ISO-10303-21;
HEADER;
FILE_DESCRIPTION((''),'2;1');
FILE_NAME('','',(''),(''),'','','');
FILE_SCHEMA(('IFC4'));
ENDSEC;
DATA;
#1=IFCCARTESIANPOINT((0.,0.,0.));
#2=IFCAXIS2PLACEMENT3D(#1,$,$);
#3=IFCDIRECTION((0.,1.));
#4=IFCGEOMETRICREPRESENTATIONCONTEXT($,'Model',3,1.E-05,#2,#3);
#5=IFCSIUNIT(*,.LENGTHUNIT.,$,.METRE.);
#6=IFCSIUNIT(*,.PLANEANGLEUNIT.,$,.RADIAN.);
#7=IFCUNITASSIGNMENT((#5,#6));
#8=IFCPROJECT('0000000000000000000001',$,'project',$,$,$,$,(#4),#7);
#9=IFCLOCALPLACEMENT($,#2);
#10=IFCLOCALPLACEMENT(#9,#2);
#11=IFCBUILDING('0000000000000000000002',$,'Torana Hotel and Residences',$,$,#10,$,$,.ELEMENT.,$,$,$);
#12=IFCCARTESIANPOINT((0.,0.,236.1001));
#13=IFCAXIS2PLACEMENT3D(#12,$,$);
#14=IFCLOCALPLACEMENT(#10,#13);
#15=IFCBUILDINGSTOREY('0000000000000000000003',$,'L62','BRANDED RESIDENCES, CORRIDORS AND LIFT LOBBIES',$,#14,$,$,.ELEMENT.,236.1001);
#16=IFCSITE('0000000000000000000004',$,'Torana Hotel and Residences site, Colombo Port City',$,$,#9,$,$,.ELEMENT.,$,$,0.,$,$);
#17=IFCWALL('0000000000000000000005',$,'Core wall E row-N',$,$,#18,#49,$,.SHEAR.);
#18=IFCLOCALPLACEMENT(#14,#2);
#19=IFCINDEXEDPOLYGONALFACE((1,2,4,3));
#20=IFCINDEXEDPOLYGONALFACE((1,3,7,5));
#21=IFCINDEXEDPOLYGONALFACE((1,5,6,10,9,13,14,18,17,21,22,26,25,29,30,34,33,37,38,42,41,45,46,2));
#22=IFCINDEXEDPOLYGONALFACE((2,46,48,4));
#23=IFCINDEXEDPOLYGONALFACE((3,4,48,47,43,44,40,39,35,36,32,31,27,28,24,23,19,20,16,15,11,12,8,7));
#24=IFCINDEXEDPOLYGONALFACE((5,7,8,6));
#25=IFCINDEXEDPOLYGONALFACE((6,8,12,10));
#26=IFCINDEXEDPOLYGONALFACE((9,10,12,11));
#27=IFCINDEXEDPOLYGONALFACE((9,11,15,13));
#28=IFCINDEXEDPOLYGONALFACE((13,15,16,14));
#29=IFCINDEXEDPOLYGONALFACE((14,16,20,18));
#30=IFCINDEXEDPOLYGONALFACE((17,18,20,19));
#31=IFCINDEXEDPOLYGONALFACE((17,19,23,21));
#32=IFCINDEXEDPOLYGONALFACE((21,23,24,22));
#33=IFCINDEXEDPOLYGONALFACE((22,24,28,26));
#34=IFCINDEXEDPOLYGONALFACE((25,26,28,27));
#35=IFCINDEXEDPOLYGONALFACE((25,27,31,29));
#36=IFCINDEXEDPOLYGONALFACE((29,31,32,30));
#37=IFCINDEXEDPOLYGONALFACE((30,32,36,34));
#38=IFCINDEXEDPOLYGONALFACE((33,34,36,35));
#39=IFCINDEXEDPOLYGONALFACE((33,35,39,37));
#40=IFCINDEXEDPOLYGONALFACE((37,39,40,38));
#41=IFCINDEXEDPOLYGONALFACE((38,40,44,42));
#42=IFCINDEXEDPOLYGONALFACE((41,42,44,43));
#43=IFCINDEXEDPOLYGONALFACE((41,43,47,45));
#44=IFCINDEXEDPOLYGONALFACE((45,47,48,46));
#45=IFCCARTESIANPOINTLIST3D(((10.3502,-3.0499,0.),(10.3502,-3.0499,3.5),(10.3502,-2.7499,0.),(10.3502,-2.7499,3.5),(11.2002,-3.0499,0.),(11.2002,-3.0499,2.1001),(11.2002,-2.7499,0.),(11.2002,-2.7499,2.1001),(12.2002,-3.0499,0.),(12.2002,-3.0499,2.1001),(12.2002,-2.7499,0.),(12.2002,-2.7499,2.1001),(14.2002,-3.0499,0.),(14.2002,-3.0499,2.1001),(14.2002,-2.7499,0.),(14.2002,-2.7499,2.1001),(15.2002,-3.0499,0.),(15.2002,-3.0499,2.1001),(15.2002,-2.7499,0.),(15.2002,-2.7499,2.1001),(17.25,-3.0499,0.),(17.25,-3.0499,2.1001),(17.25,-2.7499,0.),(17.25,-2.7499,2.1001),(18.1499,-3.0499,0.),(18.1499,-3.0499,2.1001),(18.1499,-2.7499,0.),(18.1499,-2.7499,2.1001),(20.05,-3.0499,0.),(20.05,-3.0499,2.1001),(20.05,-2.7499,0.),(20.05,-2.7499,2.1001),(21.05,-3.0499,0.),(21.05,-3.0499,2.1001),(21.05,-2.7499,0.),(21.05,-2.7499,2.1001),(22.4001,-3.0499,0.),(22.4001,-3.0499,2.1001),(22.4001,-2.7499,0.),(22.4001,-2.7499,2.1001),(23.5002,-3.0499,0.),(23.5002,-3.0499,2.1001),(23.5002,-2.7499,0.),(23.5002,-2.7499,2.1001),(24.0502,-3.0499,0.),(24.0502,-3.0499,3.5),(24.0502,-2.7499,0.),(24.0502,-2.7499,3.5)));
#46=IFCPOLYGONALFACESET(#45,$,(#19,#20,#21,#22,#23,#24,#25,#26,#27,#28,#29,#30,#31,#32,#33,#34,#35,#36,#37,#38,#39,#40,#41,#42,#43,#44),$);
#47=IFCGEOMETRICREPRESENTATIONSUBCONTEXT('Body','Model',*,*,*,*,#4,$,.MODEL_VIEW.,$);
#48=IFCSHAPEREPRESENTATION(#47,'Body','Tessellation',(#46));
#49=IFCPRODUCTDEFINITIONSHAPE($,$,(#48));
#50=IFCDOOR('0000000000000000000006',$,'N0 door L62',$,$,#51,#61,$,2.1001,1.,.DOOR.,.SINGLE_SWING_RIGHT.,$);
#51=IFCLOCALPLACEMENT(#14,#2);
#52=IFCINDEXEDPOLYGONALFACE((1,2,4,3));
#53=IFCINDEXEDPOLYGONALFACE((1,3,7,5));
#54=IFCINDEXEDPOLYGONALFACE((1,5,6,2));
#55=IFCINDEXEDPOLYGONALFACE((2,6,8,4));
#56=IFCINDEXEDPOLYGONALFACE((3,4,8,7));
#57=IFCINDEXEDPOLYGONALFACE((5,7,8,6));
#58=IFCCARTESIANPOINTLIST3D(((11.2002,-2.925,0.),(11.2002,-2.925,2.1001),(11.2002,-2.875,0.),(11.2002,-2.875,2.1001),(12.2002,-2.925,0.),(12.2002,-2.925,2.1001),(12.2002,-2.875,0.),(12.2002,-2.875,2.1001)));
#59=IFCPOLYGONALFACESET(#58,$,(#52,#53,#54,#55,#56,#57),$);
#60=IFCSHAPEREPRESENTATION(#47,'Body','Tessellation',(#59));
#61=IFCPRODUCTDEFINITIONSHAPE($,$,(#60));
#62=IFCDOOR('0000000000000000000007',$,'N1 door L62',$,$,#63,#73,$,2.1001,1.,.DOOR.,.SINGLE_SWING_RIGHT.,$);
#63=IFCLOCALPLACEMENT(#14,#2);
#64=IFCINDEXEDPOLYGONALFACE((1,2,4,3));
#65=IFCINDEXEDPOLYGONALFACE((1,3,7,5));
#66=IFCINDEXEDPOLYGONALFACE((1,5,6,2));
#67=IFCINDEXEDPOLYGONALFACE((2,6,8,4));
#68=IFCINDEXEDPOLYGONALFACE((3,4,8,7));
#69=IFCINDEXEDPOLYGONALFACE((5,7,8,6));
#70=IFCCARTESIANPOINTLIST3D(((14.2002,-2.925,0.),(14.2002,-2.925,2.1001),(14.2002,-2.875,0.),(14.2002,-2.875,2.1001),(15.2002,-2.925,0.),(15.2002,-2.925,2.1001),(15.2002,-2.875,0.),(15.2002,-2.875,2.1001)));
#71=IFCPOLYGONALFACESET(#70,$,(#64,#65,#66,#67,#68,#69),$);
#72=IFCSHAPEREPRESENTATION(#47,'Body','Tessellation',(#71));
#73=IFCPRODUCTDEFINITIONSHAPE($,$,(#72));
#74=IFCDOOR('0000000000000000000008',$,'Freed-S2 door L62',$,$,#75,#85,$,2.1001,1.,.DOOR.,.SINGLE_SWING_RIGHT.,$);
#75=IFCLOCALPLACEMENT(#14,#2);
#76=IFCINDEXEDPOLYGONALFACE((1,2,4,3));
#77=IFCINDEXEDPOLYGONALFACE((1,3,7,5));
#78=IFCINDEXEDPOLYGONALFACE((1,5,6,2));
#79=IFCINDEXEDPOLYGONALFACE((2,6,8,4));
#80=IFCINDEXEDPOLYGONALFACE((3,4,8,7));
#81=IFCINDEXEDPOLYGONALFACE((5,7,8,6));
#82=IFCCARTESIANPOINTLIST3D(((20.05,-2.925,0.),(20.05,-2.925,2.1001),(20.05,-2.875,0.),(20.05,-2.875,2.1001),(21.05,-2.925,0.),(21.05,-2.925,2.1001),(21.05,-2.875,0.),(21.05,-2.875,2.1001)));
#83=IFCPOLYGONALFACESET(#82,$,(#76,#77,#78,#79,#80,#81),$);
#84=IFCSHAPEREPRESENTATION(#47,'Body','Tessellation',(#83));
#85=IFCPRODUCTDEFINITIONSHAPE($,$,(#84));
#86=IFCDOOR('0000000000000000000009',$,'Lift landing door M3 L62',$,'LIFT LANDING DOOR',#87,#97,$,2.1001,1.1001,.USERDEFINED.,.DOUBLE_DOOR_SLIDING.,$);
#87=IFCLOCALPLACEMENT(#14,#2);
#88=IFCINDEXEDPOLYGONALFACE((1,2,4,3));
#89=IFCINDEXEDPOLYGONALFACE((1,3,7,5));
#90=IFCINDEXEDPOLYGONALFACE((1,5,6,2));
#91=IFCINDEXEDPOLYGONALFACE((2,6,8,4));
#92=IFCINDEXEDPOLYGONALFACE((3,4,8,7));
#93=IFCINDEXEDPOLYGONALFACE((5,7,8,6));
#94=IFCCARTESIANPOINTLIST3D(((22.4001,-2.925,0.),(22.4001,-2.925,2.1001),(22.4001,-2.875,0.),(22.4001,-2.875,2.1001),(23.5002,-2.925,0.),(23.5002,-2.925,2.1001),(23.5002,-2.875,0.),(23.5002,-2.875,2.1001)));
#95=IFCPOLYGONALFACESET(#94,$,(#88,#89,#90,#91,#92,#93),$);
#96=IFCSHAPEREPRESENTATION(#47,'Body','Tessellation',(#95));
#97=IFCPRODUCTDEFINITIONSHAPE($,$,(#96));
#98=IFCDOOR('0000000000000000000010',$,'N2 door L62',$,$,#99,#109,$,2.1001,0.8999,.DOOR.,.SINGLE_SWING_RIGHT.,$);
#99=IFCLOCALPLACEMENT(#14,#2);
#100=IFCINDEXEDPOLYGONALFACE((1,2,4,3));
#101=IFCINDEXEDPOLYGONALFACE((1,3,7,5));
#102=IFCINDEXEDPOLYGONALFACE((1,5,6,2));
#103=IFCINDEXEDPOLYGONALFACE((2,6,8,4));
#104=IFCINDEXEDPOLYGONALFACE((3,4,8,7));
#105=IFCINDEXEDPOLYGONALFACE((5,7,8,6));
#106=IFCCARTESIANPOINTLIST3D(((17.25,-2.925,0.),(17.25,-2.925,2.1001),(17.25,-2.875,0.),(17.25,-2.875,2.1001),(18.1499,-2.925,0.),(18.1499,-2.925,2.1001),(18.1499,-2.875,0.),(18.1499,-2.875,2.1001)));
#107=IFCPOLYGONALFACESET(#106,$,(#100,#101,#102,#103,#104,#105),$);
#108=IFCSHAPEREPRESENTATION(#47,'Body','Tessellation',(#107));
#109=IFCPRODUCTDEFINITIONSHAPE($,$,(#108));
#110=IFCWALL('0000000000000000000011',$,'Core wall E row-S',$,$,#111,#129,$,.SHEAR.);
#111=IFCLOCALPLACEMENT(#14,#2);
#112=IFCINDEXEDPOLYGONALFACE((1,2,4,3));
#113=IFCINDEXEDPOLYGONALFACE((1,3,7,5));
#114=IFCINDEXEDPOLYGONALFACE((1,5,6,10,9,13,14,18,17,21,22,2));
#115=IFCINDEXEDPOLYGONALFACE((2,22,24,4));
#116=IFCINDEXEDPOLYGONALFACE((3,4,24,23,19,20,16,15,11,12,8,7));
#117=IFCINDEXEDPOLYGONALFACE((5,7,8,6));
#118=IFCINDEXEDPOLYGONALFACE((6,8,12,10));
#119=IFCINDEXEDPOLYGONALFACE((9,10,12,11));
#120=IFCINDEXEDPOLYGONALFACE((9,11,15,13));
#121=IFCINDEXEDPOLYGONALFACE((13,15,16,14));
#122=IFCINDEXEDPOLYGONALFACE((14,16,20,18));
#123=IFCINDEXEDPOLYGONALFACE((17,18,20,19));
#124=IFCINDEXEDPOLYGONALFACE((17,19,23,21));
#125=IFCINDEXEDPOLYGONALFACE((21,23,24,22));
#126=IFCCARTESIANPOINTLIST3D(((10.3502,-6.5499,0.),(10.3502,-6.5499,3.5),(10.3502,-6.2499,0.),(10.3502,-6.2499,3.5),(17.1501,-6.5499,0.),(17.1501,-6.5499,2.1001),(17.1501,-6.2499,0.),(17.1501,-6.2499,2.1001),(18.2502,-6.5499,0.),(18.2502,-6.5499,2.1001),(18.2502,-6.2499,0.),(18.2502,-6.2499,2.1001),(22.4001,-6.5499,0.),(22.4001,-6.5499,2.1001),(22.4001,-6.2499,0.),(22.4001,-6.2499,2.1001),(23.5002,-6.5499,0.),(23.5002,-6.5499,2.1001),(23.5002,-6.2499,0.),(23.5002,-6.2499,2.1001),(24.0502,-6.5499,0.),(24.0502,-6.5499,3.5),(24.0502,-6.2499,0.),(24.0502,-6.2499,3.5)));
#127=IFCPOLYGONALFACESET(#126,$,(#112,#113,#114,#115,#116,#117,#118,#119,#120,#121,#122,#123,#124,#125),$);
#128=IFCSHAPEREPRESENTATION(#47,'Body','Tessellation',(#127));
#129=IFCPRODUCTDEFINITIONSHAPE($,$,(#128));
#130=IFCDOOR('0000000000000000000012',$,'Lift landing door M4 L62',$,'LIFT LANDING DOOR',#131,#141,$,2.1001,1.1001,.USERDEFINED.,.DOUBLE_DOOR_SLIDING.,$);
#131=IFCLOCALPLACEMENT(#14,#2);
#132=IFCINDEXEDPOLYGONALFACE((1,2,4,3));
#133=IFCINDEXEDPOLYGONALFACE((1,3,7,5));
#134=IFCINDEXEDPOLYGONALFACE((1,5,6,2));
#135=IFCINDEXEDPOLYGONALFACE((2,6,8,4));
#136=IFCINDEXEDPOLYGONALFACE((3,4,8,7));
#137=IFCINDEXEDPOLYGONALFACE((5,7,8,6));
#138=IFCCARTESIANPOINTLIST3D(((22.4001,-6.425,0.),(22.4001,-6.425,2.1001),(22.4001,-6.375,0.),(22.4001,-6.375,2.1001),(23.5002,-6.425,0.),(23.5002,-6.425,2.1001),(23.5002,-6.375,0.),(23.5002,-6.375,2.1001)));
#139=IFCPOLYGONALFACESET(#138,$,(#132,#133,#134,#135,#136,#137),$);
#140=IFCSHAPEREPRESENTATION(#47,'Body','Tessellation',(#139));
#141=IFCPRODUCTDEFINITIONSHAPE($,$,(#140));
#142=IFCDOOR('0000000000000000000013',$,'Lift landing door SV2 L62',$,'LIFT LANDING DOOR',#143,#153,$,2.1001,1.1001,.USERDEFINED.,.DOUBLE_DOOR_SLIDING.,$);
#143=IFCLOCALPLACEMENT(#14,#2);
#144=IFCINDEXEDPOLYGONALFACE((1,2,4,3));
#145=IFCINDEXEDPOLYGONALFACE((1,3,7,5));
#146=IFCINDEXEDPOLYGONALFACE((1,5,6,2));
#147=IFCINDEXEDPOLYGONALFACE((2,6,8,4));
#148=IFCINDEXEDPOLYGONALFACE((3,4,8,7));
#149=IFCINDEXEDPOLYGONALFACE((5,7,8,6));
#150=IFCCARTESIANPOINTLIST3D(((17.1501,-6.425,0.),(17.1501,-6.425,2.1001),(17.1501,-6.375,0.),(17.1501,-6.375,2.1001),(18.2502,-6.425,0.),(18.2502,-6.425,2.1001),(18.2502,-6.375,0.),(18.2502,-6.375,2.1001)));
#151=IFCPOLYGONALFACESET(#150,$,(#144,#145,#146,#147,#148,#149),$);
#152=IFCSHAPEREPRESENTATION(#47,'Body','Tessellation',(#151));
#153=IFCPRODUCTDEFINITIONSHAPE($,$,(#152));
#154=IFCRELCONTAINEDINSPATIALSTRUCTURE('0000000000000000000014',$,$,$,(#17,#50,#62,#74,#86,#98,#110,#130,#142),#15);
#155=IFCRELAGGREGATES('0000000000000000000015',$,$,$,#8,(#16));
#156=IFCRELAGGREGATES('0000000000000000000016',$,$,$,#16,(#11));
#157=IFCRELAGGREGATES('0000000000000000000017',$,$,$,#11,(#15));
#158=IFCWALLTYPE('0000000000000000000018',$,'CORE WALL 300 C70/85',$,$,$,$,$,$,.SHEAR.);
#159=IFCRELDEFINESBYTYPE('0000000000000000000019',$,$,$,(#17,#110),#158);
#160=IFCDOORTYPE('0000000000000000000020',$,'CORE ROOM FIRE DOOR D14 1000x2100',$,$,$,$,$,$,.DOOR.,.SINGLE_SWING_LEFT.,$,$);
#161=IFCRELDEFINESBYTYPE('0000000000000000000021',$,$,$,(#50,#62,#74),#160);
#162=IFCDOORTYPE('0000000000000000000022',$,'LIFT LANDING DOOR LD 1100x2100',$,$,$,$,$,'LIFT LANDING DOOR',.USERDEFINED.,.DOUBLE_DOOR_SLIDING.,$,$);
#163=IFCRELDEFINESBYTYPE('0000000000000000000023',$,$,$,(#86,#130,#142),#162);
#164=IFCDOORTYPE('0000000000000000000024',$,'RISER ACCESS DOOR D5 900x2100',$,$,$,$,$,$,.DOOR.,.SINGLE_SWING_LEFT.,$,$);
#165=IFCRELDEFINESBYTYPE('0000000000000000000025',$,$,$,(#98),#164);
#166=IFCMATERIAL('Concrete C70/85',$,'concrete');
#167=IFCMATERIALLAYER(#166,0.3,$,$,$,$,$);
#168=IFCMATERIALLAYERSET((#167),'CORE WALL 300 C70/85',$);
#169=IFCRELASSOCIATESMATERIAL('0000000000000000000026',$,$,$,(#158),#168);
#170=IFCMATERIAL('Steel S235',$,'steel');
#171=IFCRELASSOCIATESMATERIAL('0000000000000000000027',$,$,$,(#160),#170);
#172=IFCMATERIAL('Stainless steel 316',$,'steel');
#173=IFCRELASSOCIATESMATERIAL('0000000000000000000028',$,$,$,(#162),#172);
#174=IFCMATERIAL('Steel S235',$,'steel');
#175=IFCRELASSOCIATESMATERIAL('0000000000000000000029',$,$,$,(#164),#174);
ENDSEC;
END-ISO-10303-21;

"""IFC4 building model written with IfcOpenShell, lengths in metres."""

from ifc_helpers import new_model, si_unit, direction, frame, frame_2d, origin, place, context, subcontext, project, spatial, rectangle, extrude, material, layer, layer_set, type_object, element, fill, save


model = new_model("IFC4")

# Units and contexts
model_context = context("Model", 3, precision=1e-05, world=origin(), true_north=direction((0.0, 1.0)))
body_context = subcontext(model_context, "Body", "Model", "MODEL_VIEW")
ifc_project = project(units=[si_unit("LENGTHUNIT", "METRE"), si_unit("PLANEANGLEUNIT", "RADIAN")], contexts=[model_context])

# Site, building, storey
site_placement = place(None, origin())
site = spatial("IfcSite", under=ifc_project, at=site_placement, Name="Torana Hotel and Residences site, Colombo Port City", CompositionType="ELEMENT", RefElevation=0.0)
building_placement = place(site_placement, origin())
building = spatial("IfcBuilding", under=site, at=building_placement, Name="Torana Hotel and Residences", CompositionType="ELEMENT")
storey_placement = place(building_placement, frame((0.0, 0.0, 236.1001)))
storey = spatial("IfcBuildingStorey", under=building, at=storey_placement, Name="L62", Description="BRANDED RESIDENCES, CORRIDORS AND LIFT LOBBIES", CompositionType="ELEMENT", Elevation=236.1001)

# Walls, openings, doors
ifc_material_1 = material(Name="Concrete C70/85", Category="concrete")
ifc_layer_1 = layer(ifc_material_1, 0.3)
ifc_layer_set_1 = layer_set([ifc_layer_1], Name="CORE WALL 300 C70/85")
wall_type_1 = type_object("IfcWallType", Name="CORE WALL 300 C70/85", PredefinedType="SHEAR", material=ifc_layer_set_1)
wall_1_placement = place(storey_placement, frame((10.3501, -2.8999, 0.0), z_axis=(0.0, 0.0, 1.0), x_axis=(1.0, 0.0, 0.0)))
wall_1 = element("IfcWall", 1, at=wall_1_placement, inside=storey, type_object=wall_type_1, Name="Core wall E row-N", PredefinedType="SHEAR", context=body_context, shape_type="SweptSolid", body=[
    extrude(rectangle(XDim=13.7, YDim=0.3, at=frame_2d((6.8501, 0.0))), origin(), (0.0, 0.0, 1.0), 3.5),
])
opening_1_placement = place(wall_1_placement, frame((12.05, 0.0, 0.0)))
opening_1 = element("IfcOpeningElement", 2, at=opening_1_placement, cuts=wall_1, PredefinedType="OPENING", context=body_context, shape_type="SweptSolid", body=[
    extrude(rectangle(XDim=1.1001, YDim=2.1001, at=frame_2d((0.55, 1.05))), frame((0.0, 0.1599, 0.0), z_axis=(0.0, -1.0, 0.0), x_axis=(1.0, 0.0, 0.0)), (0.0, 0.0, 1.0), 0.3201),
])
opening_2_placement = place(wall_1_placement, frame((6.8999, 0.0, 0.0)))
opening_2 = element("IfcOpeningElement", 3, at=opening_2_placement, cuts=wall_1, PredefinedType="OPENING", context=body_context, shape_type="SweptSolid", body=[
    extrude(rectangle(XDim=0.8999, YDim=2.1001, at=frame_2d((0.45, 1.05))), frame((0.0, 0.1599, 0.0), z_axis=(0.0, -1.0, 0.0), x_axis=(1.0, 0.0, 0.0)), (0.0, 0.0, 1.0), 0.3201),
])
opening_3_placement = place(wall_1_placement, frame((0.8501, 0.0, 0.0)))
opening_3 = element("IfcOpeningElement", 4, at=opening_3_placement, cuts=wall_1, PredefinedType="OPENING", context=body_context, shape_type="SweptSolid", body=[
    extrude(rectangle(XDim=1.0, YDim=2.1001, at=frame_2d((0.5, 1.05))), frame((0.0, 0.1599, 0.0), z_axis=(0.0, -1.0, 0.0), x_axis=(1.0, 0.0, 0.0)), (0.0, 0.0, 1.0), 0.3201),
])
opening_4_placement = place(wall_1_placement, frame((3.8501, 0.0, 0.0)))
opening_4 = element("IfcOpeningElement", 5, at=opening_4_placement, cuts=wall_1, PredefinedType="OPENING", context=body_context, shape_type="SweptSolid", body=[
    extrude(rectangle(XDim=1.0, YDim=2.1001, at=frame_2d((0.5, 1.05))), frame((0.0, 0.1599, 0.0), z_axis=(0.0, -1.0, 0.0), x_axis=(1.0, 0.0, 0.0)), (0.0, 0.0, 1.0), 0.3201),
])
opening_5_placement = place(wall_1_placement, frame((9.7, 0.0, 0.0)))
opening_5 = element("IfcOpeningElement", 6, at=opening_5_placement, cuts=wall_1, PredefinedType="OPENING", context=body_context, shape_type="SweptSolid", body=[
    extrude(rectangle(XDim=1.0, YDim=2.1001, at=frame_2d((0.5, 1.05))), frame((0.0, 0.1599, 0.0), z_axis=(0.0, -1.0, 0.0), x_axis=(1.0, 0.0, 0.0)), (0.0, 0.0, 1.0), 0.3201),
])
ifc_material_2 = material(Name="Steel S235", Category="steel")
door_type_1 = type_object("IfcDoorType", Name="CORE ROOM FIRE DOOR D14 1000x2100", OperationType="SINGLE_SWING_LEFT", PredefinedType="DOOR", material=ifc_material_2)
door_1_placement = place(opening_3_placement, origin())
door_1 = element("IfcDoor", 7, at=door_1_placement, inside=storey, type_object=door_type_1, Name="N0 door L62", OperationType="SINGLE_SWING_RIGHT", OverallHeight=2.1001, OverallWidth=1.0, PredefinedType="DOOR", context=body_context, shape_type="SweptSolid", body=[
    extrude(rectangle(XDim=1.0, YDim=2.1001, at=frame_2d((0.5, 1.05))), frame((0.0, 0.0249, 0.0), z_axis=(0.0, -1.0, 0.0), x_axis=(1.0, 0.0, 0.0)), (0.0, 0.0, 1.0), 0.05),
])
fill(opening_3, door_1)
door_2_placement = place(opening_4_placement, origin())
door_2 = element("IfcDoor", 8, at=door_2_placement, inside=storey, type_object=door_type_1, Name="N1 door L62", OperationType="SINGLE_SWING_RIGHT", OverallHeight=2.1001, OverallWidth=1.0, PredefinedType="DOOR", context=body_context, shape_type="SweptSolid", body=[
    extrude(rectangle(XDim=1.0, YDim=2.1001, at=frame_2d((0.5, 1.05))), frame((0.0, 0.0249, 0.0), z_axis=(0.0, -1.0, 0.0), x_axis=(1.0, 0.0, 0.0)), (0.0, 0.0, 1.0), 0.05),
])
fill(opening_4, door_2)
door_3_placement = place(opening_5_placement, origin())
door_3 = element("IfcDoor", 9, at=door_3_placement, inside=storey, type_object=door_type_1, Name="Freed-S2 door L62", OperationType="SINGLE_SWING_RIGHT", OverallHeight=2.1001, OverallWidth=1.0, PredefinedType="DOOR", context=body_context, shape_type="SweptSolid", body=[
    extrude(rectangle(XDim=1.0, YDim=2.1001, at=frame_2d((0.5, 1.05))), frame((0.0, 0.0249, 0.0), z_axis=(0.0, -1.0, 0.0), x_axis=(1.0, 0.0, 0.0)), (0.0, 0.0, 1.0), 0.05),
])
fill(opening_5, door_3)
ifc_material_3 = material(Name="Stainless steel 316", Category="steel")
door_type_2 = type_object("IfcDoorType", Name="LIFT LANDING DOOR LD 1100x2100", ElementType="LIFT LANDING DOOR", OperationType="DOUBLE_DOOR_SLIDING", PredefinedType="USERDEFINED", material=ifc_material_3)
door_4_placement = place(opening_1_placement, origin())
door_4 = element("IfcDoor", 10, at=door_4_placement, inside=storey, type_object=door_type_2, Name="Lift landing door M3 L62", ObjectType="LIFT LANDING DOOR", OperationType="DOUBLE_DOOR_SLIDING", OverallHeight=2.1001, OverallWidth=1.1001, PredefinedType="USERDEFINED", context=body_context, shape_type="SweptSolid", body=[
    extrude(rectangle(XDim=1.1001, YDim=2.1001, at=frame_2d((0.55, 1.05))), frame((0.0, 0.0249, 0.0), z_axis=(0.0, -1.0, 0.0), x_axis=(1.0, 0.0, 0.0)), (0.0, 0.0, 1.0), 0.05),
])
fill(opening_1, door_4)
ifc_material_4 = material(Name="Steel S235", Category="steel")
door_type_3 = type_object("IfcDoorType", Name="RISER ACCESS DOOR D5 900x2100", OperationType="SINGLE_SWING_LEFT", PredefinedType="DOOR", material=ifc_material_4)
door_5_placement = place(opening_2_placement, origin())
door_5 = element("IfcDoor", 11, at=door_5_placement, inside=storey, type_object=door_type_3, Name="N2 door L62", OperationType="SINGLE_SWING_RIGHT", OverallHeight=2.1001, OverallWidth=0.8999, PredefinedType="DOOR", context=body_context, shape_type="SweptSolid", body=[
    extrude(rectangle(XDim=0.8999, YDim=2.1001, at=frame_2d((0.45, 1.05))), frame((0.0, 0.0249, 0.0), z_axis=(0.0, -1.0, 0.0), x_axis=(1.0, 0.0, 0.0)), (0.0, 0.0, 1.0), 0.05),
])
fill(opening_2, door_5)
wall_2_placement = place(storey_placement, frame((10.3501, -6.3999, 0.0), z_axis=(0.0, 0.0, 1.0), x_axis=(1.0, 0.0, 0.0)))
wall_2 = element("IfcWall", 12, at=wall_2_placement, inside=storey, type_object=wall_type_1, Name="Core wall E row-S", PredefinedType="SHEAR", context=body_context, shape_type="SweptSolid", body=[
    extrude(rectangle(XDim=13.7, YDim=0.3, at=frame_2d((6.8501, 0.0))), origin(), (0.0, 0.0, 1.0), 3.5),
])
opening_6_placement = place(wall_2_placement, frame((12.05, 0.0, 0.0)))
opening_6 = element("IfcOpeningElement", 13, at=opening_6_placement, cuts=wall_2, PredefinedType="OPENING", context=body_context, shape_type="SweptSolid", body=[
    extrude(rectangle(XDim=1.1001, YDim=2.1001, at=frame_2d((0.55, 1.05))), frame((0.0, 0.1599, 0.0), z_axis=(0.0, -1.0, 0.0), x_axis=(1.0, 0.0, 0.0)), (0.0, 0.0, 1.0), 0.3201),
])
opening_7_placement = place(wall_2_placement, frame((6.8, 0.0, 0.0)))
opening_7 = element("IfcOpeningElement", 14, at=opening_7_placement, cuts=wall_2, PredefinedType="OPENING", context=body_context, shape_type="SweptSolid", body=[
    extrude(rectangle(XDim=1.1001, YDim=2.1001, at=frame_2d((0.55, 1.05))), frame((0.0, 0.1599, 0.0), z_axis=(0.0, -1.0, 0.0), x_axis=(1.0, 0.0, 0.0)), (0.0, 0.0, 1.0), 0.3201),
])
door_6_placement = place(opening_6_placement, origin())
door_6 = element("IfcDoor", 15, at=door_6_placement, inside=storey, type_object=door_type_2, Name="Lift landing door M4 L62", ObjectType="LIFT LANDING DOOR", OperationType="DOUBLE_DOOR_SLIDING", OverallHeight=2.1001, OverallWidth=1.1001, PredefinedType="USERDEFINED", context=body_context, shape_type="SweptSolid", body=[
    extrude(rectangle(XDim=1.1001, YDim=2.1001, at=frame_2d((0.55, 1.05))), frame((0.0, 0.0249, 0.0), z_axis=(0.0, -1.0, 0.0), x_axis=(1.0, 0.0, 0.0)), (0.0, 0.0, 1.0), 0.05),
])
fill(opening_6, door_6)
door_7_placement = place(opening_7_placement, origin())
door_7 = element("IfcDoor", 16, at=door_7_placement, inside=storey, type_object=door_type_2, Name="Lift landing door SV2 L62", ObjectType="LIFT LANDING DOOR", OperationType="DOUBLE_DOOR_SLIDING", OverallHeight=2.1001, OverallWidth=1.1001, PredefinedType="USERDEFINED", context=body_context, shape_type="SweptSolid", body=[
    extrude(rectangle(XDim=1.1001, YDim=2.1001, at=frame_2d((0.55, 1.05))), frame((0.0, 0.0249, 0.0), z_axis=(0.0, -1.0, 0.0), x_axis=(1.0, 0.0, 0.0)), (0.0, 0.0, 1.0), 0.05),
])
fill(opening_7, door_7)

save(model, "model.ifc")
